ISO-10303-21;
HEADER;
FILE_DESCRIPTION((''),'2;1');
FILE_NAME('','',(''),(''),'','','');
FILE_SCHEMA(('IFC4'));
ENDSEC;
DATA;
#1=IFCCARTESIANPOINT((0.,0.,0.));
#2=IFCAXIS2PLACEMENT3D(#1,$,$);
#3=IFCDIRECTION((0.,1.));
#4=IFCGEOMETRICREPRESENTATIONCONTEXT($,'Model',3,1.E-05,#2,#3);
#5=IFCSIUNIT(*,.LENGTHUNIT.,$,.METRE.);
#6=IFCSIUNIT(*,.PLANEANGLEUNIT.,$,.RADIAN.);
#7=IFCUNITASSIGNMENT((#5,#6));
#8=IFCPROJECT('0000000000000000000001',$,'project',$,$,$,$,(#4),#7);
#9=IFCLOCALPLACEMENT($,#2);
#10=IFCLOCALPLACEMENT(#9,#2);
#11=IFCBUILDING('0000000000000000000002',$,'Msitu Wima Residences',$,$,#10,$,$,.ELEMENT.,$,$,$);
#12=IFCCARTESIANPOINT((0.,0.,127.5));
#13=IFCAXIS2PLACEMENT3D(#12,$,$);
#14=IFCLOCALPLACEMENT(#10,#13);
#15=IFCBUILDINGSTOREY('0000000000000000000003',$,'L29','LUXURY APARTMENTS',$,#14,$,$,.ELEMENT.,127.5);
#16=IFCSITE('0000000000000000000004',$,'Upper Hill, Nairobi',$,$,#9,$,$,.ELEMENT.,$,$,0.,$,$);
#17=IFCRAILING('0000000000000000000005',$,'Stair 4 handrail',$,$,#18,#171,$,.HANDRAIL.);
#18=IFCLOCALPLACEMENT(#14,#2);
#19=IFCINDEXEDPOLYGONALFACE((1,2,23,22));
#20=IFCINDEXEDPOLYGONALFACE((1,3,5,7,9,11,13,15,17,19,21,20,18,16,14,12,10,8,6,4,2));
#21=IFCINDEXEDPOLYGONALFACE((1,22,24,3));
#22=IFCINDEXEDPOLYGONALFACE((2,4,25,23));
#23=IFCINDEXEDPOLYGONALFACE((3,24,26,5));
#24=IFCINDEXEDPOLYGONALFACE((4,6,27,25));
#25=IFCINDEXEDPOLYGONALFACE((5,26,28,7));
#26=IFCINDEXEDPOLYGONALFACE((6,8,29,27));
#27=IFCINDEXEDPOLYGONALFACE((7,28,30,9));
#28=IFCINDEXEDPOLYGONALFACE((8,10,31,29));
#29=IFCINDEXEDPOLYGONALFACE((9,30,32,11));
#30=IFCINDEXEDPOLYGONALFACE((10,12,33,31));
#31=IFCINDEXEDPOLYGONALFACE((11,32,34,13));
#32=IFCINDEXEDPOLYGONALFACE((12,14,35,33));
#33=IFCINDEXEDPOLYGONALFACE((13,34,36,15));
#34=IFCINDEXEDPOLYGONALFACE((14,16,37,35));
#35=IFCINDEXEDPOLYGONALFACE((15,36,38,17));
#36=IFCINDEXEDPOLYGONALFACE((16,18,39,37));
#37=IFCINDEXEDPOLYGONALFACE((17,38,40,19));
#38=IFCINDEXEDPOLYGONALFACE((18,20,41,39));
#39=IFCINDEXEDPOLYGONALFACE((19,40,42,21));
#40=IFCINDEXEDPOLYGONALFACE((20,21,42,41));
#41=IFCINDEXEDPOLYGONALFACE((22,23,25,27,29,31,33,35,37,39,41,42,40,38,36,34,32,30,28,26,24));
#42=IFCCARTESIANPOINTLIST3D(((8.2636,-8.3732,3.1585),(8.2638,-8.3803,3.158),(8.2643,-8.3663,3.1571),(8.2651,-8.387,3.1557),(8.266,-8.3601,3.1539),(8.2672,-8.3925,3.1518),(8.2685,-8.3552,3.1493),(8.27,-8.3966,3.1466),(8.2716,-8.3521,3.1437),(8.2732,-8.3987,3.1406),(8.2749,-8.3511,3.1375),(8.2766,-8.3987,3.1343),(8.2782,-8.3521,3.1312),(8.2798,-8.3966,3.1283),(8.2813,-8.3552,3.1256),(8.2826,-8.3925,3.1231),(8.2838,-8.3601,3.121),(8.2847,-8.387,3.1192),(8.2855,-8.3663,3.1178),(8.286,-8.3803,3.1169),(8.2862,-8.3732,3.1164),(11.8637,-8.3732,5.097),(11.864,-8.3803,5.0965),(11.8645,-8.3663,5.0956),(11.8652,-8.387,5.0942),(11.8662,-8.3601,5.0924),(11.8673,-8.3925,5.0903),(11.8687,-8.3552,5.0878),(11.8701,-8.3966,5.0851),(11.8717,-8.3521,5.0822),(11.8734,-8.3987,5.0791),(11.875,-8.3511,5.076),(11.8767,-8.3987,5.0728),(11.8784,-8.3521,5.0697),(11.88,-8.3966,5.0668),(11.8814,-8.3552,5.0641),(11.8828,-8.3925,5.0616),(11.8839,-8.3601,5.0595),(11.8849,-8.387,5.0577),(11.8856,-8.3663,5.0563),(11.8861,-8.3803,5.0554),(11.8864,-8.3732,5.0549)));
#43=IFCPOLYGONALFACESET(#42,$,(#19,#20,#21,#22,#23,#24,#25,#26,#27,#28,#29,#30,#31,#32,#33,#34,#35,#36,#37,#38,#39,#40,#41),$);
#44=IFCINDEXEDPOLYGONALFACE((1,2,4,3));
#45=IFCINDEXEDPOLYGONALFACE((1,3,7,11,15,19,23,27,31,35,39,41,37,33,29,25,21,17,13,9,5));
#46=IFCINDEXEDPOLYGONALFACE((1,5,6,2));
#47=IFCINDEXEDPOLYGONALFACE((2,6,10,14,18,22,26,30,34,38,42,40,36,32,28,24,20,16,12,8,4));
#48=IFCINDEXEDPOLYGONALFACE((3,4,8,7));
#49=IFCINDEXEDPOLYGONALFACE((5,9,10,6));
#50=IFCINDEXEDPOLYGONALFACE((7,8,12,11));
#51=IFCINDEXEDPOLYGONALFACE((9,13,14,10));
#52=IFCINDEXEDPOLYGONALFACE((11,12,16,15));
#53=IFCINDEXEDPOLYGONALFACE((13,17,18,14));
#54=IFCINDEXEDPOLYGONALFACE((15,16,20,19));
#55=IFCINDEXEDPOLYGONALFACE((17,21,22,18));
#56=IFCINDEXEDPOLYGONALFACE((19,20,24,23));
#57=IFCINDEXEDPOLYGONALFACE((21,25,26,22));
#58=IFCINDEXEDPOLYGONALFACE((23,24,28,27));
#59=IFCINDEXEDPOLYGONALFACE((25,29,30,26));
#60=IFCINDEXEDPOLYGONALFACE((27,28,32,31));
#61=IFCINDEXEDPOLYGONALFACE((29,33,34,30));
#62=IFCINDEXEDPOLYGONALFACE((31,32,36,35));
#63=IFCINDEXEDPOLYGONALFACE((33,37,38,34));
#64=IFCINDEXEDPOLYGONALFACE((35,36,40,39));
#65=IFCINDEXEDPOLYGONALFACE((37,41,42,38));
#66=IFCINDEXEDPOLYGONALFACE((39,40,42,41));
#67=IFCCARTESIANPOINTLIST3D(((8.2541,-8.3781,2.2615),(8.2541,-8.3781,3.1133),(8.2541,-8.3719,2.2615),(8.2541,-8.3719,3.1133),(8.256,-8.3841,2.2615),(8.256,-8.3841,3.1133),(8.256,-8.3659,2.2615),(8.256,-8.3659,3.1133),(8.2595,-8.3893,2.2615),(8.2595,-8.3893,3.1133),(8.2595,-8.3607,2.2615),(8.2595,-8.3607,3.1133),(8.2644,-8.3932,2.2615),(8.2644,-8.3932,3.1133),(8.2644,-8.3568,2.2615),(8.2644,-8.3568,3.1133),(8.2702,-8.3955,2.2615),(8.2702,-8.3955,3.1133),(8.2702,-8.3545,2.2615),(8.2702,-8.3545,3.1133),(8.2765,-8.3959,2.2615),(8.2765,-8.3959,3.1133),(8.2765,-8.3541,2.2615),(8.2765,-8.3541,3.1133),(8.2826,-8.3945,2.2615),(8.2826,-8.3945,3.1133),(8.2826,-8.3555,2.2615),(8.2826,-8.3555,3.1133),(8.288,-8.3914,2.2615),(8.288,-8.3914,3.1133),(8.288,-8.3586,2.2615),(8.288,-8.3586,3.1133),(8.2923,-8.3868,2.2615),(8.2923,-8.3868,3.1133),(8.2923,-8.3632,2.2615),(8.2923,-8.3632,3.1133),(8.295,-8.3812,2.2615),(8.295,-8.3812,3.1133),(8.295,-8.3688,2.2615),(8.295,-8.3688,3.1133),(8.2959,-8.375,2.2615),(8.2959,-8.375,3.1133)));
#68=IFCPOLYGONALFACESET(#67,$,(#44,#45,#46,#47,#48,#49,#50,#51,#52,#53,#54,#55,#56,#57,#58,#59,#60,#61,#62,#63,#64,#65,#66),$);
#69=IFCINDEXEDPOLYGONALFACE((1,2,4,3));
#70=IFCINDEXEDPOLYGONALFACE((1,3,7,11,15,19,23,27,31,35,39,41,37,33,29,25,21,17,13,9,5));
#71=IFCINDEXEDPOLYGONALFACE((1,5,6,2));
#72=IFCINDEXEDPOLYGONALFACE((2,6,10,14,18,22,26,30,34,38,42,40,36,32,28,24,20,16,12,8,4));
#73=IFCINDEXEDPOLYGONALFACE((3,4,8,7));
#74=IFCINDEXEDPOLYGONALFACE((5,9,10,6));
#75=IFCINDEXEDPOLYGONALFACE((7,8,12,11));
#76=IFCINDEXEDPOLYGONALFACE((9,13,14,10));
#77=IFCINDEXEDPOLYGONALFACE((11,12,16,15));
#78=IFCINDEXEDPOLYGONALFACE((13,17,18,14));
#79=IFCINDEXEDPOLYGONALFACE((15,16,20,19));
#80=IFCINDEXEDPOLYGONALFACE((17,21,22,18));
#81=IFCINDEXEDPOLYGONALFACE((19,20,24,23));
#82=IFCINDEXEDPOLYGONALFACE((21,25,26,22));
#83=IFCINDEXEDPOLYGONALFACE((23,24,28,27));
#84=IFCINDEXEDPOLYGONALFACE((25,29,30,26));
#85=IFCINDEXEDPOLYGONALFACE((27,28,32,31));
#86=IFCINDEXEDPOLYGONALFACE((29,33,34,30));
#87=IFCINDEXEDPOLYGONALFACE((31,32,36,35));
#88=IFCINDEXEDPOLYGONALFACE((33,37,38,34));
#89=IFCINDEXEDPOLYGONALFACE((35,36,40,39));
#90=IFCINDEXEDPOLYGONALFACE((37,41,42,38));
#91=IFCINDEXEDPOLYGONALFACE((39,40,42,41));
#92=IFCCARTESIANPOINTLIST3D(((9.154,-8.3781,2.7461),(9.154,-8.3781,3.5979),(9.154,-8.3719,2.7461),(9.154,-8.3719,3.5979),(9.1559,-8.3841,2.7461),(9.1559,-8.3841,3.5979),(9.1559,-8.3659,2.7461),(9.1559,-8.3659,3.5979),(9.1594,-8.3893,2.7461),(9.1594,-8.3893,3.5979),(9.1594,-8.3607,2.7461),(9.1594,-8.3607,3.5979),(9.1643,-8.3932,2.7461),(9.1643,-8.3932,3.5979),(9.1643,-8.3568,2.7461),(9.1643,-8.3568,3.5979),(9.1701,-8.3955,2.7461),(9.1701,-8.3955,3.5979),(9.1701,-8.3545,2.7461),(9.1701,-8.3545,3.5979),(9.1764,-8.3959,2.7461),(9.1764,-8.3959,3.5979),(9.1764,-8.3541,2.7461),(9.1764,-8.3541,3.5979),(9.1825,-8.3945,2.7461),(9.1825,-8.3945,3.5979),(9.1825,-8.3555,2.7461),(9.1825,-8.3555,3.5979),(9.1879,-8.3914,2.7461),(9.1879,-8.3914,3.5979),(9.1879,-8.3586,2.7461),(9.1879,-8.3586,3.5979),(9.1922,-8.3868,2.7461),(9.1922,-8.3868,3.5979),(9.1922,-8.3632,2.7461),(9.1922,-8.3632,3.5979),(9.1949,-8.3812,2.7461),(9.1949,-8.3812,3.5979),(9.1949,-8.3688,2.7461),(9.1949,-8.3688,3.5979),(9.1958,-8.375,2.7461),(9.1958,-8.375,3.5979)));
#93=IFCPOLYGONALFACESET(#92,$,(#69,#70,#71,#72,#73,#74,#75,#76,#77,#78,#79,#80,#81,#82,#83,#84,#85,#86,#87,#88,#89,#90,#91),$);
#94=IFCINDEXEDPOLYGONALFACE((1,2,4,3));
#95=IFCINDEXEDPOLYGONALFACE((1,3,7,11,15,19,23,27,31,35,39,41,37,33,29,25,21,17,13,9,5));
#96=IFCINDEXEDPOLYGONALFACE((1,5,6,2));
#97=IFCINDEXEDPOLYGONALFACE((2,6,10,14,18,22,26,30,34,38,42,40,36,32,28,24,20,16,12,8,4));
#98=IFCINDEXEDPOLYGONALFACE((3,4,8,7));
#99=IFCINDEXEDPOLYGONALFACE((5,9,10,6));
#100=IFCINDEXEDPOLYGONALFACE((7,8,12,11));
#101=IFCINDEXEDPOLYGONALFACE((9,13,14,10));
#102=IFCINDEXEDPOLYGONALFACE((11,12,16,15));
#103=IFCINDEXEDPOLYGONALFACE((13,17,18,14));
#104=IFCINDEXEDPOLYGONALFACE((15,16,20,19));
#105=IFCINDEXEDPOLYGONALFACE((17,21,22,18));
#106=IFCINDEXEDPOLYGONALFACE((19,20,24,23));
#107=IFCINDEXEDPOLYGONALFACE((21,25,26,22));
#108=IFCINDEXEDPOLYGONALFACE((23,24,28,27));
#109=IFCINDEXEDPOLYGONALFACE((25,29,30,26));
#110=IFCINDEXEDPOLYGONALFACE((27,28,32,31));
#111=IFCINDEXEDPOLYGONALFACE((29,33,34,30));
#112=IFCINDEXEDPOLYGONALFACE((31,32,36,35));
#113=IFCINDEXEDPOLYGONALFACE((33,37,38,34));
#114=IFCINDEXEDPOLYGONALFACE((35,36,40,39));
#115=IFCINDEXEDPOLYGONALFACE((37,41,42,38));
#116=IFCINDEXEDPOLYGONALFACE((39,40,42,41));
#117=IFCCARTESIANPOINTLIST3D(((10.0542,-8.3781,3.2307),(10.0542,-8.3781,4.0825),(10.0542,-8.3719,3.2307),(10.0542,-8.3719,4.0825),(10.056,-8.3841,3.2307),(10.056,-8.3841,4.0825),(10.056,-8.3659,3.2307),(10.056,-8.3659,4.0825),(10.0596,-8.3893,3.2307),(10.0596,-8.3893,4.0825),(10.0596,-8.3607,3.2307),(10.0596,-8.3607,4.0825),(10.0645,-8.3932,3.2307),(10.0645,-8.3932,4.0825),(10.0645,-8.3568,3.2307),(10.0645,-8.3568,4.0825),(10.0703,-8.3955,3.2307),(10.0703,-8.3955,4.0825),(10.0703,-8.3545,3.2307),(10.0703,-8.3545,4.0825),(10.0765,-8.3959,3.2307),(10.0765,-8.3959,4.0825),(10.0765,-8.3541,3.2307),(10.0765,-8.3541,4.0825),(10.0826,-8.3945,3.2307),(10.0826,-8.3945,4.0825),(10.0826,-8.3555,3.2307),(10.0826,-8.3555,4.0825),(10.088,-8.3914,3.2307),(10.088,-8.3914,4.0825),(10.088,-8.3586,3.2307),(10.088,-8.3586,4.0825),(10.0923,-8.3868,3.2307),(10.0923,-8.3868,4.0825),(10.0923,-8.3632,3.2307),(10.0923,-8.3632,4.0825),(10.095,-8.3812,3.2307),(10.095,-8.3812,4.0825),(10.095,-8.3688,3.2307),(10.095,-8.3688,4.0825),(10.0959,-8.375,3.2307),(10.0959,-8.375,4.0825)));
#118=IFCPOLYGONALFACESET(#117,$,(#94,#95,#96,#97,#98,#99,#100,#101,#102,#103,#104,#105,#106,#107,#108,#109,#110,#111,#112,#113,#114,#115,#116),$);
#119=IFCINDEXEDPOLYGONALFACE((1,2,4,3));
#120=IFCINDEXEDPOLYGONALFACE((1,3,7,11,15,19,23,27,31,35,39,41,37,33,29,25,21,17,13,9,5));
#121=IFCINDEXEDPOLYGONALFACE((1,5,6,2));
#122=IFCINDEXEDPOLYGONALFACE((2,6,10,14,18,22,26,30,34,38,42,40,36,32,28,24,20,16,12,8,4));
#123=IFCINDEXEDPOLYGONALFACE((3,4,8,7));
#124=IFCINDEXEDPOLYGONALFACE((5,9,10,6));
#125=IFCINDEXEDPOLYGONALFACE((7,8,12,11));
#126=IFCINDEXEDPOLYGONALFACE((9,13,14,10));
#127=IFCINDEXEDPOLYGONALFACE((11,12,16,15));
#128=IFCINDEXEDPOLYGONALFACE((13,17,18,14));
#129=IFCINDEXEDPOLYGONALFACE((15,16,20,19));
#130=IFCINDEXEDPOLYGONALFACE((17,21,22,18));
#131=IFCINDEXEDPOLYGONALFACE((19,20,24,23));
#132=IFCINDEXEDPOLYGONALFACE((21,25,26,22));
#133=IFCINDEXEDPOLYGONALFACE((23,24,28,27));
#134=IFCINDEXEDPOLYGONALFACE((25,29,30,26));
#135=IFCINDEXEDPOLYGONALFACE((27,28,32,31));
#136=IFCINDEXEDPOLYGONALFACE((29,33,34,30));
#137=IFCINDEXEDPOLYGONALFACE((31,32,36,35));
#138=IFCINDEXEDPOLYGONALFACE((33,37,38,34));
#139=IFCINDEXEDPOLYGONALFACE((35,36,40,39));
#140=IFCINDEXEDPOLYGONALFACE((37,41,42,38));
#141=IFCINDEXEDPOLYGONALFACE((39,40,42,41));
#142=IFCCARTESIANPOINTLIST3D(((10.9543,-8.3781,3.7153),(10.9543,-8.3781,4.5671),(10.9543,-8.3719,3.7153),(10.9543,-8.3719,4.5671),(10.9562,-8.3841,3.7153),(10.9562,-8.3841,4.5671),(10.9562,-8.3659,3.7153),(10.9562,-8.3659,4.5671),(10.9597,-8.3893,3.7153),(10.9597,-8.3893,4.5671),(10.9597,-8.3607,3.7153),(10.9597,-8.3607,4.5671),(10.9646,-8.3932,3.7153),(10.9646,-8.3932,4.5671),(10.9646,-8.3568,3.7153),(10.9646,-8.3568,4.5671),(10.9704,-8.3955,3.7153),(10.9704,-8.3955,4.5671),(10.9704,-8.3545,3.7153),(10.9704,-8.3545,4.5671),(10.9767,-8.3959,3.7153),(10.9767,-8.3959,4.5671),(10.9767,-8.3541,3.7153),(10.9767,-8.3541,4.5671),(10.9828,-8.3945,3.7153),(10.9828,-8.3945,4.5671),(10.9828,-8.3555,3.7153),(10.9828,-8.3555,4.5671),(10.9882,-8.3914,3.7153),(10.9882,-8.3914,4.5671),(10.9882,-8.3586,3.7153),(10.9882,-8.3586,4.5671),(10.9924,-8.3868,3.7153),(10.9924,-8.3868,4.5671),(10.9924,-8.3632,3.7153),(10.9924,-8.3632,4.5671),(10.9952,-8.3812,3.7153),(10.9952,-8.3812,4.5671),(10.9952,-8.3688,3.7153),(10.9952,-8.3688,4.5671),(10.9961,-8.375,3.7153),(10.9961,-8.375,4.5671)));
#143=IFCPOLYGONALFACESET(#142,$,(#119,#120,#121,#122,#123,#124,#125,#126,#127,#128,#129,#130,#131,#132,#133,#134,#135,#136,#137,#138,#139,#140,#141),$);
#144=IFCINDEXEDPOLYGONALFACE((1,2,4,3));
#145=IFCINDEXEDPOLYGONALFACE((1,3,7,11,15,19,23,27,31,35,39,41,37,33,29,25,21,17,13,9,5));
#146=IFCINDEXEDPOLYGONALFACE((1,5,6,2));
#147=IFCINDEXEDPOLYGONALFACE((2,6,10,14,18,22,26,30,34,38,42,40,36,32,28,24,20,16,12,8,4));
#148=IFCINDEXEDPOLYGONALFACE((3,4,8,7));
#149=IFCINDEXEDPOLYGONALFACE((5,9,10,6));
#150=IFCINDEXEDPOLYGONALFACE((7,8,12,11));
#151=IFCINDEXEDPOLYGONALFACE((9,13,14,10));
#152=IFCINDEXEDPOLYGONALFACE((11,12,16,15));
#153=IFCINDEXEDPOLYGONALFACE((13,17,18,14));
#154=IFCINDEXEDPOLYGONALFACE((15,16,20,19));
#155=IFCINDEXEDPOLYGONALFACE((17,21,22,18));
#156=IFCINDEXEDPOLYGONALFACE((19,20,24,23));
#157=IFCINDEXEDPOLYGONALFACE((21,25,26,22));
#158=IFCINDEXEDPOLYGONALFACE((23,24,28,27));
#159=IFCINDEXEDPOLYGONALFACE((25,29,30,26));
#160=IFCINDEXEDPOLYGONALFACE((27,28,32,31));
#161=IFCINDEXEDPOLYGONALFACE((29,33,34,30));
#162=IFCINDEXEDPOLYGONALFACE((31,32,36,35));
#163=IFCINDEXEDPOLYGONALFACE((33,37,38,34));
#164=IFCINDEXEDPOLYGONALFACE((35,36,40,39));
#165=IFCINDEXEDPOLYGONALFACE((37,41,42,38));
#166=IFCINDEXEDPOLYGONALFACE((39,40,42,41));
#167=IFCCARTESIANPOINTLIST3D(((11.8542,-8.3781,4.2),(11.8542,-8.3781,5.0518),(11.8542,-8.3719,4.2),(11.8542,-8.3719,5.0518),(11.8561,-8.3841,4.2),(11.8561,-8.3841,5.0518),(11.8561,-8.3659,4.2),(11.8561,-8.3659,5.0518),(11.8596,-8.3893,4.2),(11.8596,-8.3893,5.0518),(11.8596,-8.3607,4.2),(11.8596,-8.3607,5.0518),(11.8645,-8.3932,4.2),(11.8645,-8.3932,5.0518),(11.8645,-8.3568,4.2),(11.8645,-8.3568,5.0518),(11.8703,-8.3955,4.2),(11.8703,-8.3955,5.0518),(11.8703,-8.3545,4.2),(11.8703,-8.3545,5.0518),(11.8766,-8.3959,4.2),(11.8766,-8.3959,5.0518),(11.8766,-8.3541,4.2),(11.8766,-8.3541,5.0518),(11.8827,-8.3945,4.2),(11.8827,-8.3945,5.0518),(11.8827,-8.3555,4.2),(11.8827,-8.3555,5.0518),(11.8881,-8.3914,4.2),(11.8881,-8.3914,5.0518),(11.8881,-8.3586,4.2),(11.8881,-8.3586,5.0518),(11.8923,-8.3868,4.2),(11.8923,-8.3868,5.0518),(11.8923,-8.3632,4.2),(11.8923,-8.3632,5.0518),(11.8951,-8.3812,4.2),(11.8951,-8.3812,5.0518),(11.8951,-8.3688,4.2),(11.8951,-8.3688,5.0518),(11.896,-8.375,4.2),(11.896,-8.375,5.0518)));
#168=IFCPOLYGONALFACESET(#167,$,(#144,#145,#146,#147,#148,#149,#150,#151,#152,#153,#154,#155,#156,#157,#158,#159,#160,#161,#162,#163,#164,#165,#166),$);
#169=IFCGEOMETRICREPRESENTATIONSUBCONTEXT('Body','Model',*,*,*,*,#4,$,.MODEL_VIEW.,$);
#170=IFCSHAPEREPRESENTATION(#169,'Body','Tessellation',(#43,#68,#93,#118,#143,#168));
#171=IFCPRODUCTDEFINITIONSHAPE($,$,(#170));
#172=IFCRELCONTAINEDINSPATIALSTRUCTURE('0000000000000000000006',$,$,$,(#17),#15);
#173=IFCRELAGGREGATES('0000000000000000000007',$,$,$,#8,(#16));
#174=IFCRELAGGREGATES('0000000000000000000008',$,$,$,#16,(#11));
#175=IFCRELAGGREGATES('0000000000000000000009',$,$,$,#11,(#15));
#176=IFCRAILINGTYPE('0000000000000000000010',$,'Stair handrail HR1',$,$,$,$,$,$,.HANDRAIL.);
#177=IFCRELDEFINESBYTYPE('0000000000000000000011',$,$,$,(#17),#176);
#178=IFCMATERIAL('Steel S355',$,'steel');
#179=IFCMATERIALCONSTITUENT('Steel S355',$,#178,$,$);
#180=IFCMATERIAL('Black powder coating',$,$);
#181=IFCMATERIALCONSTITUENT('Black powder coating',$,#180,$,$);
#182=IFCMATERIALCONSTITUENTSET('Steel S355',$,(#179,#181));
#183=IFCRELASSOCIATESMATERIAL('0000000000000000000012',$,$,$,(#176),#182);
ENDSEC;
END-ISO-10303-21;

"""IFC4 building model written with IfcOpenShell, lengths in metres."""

from ifc_helpers import new_model, si_unit, direction, frame, origin, origin_2d, place, context, subcontext, project, spatial, circle, extrude, material, constituent, constituent_set, type_object, element, save


model = new_model("IFC4")

# Units and contexts
model_context = context("Model", 3, precision=1e-05, world=origin(), true_north=direction((0.0, 1.0)))
body_context = subcontext(model_context, "Body", "Model", "MODEL_VIEW")
ifc_project = project(units=[si_unit("LENGTHUNIT", "METRE"), si_unit("PLANEANGLEUNIT", "RADIAN")], contexts=[model_context])

# Site, building, storey
site_placement = place(None, origin())
site = spatial("IfcSite", under=ifc_project, at=site_placement, Name="Upper Hill, Nairobi", CompositionType="ELEMENT", RefElevation=0.0)
building_placement = place(site_placement, origin())
building = spatial("IfcBuilding", under=site, at=building_placement, Name="Msitu Wima Residences", CompositionType="ELEMENT")
storey_placement = place(building_placement, frame((0.0, 0.0, 127.5)))
storey = spatial("IfcBuildingStorey", under=building, at=storey_placement, Name="L29", Description="LUXURY APARTMENTS", CompositionType="ELEMENT", Elevation=127.5)

# Railing
ifc_material_1 = material(Name="Steel S355", Category="steel")
ifc_constituent_1 = constituent(ifc_material_1, Name="Steel S355")
ifc_material_2 = material(Name="Black powder coating")
ifc_constituent_2 = constituent(ifc_material_2, Name="Black powder coating")
ifc_constituent_set = constituent_set(constituents=[ifc_constituent_1, ifc_constituent_2], Name="Steel S355")
railing_type = type_object("IfcRailingType", Name="Stair handrail HR1", PredefinedType="HANDRAIL", material=ifc_constituent_set)
for number, where, name in (
    (1, (8.2749, -8.375, 2.2615), "Stair 4 handrail"),
):
    element("IfcRailing", number, at=place(storey_placement, frame(where)), inside=storey, type_object=railing_type, Name=name, PredefinedType="HANDRAIL", context=body_context, shape_type="SweptSolid", body=[
        extrude(circle(Radius=0.0239, at=origin_2d()), frame((0.0, 0.0, 0.876), z_axis=(0.880475, 0.0, 0.474093), x_axis=(0.0, 1.0, 0.0)), (0.0, 0.0, 1.0), 4.0889),
        extrude(circle(Radius=0.021, at=origin_2d()), origin(), (0.0, 0.0, 1.0), 0.8518),
        extrude(circle(Radius=0.021, at=origin_2d()), frame((0.8999, 0.0, 0.4846)), (0.0, 0.0, 1.0), 0.8518),
        extrude(circle(Radius=0.021, at=origin_2d()), frame((1.8, 0.0, 0.9692)), (0.0, 0.0, 1.0), 0.8518),
        extrude(circle(Radius=0.021, at=origin_2d()), frame((2.7002, 0.0, 1.4539)), (0.0, 0.0, 1.0), 0.8518),
        extrude(circle(Radius=0.021, at=origin_2d()), frame((3.6001, 0.0, 1.9385)), (0.0, 0.0, 1.0), 0.8518),
    ])

save(model, "model.ifc")
